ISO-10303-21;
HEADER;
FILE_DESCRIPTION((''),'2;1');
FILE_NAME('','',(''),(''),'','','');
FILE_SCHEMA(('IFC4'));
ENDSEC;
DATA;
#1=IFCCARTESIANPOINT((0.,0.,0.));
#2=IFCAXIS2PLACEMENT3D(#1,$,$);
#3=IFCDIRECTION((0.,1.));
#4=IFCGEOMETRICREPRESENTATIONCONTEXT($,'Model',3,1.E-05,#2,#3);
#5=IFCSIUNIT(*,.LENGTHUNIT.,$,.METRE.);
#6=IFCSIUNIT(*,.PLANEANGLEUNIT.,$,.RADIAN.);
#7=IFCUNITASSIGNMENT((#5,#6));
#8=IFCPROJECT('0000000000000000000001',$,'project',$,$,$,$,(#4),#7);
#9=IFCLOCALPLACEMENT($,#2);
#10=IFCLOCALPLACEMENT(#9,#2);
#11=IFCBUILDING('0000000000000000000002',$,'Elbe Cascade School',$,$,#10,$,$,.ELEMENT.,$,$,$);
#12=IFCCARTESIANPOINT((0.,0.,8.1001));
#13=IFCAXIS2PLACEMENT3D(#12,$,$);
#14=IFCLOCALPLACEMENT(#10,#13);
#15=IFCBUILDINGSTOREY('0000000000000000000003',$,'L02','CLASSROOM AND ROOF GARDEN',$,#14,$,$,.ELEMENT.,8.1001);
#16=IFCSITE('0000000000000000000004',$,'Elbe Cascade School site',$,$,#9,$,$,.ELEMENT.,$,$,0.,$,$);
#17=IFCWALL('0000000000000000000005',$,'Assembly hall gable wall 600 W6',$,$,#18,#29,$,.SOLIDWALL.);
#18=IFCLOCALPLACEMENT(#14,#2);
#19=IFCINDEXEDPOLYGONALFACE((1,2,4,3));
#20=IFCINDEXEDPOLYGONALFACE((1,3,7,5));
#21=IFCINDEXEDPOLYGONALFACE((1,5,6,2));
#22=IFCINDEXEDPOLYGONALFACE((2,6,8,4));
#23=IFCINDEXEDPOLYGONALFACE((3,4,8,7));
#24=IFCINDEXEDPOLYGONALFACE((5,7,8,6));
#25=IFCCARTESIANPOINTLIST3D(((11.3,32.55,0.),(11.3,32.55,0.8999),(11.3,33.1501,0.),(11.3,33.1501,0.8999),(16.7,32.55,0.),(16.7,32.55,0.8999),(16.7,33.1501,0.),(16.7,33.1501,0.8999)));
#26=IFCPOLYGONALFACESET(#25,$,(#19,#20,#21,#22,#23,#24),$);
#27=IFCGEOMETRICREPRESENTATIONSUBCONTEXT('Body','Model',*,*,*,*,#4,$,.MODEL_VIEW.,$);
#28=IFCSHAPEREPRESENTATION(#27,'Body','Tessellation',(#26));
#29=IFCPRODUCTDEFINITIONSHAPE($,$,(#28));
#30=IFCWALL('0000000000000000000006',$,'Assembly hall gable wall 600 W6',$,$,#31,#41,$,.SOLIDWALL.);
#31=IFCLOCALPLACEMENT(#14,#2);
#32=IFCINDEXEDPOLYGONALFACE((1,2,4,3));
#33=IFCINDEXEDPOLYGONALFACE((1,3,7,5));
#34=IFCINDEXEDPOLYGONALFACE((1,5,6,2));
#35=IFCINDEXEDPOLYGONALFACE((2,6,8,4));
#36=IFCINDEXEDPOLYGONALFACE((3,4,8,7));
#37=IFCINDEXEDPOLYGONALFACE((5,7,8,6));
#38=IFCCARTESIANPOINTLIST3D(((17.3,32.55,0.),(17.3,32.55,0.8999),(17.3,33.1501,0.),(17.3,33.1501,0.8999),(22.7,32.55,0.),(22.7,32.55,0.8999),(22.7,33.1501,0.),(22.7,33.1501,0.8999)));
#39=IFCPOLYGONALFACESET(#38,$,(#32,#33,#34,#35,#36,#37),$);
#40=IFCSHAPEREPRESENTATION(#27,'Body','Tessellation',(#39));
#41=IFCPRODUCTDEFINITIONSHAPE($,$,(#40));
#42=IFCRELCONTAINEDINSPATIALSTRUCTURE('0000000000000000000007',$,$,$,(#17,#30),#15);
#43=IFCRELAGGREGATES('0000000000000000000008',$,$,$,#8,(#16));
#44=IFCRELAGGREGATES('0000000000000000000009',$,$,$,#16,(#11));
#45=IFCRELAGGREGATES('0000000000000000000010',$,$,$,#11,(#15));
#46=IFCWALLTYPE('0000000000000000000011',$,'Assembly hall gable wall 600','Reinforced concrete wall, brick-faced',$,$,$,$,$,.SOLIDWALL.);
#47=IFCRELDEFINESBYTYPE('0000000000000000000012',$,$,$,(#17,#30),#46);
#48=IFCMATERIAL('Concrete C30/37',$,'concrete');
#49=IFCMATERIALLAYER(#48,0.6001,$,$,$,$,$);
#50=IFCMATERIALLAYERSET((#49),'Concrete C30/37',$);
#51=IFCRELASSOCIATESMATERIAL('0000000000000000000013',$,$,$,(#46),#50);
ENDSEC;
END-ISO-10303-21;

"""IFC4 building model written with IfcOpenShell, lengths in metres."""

from ifc_helpers import new_model, si_unit, direction, frame, frame_2d, origin, place, context, subcontext, project, spatial, rectangle, extrude, material, layer, layer_set, type_object, element, save


model = new_model("IFC4")

# Units and contexts
model_context = context("Model", 3, precision=1e-05, world=origin(), true_north=direction((0.0, 1.0)))
body_context = subcontext(model_context, "Body", "Model", "MODEL_VIEW")
ifc_project = project(units=[si_unit("LENGTHUNIT", "METRE"), si_unit("PLANEANGLEUNIT", "RADIAN")], contexts=[model_context])

# Site, building, storey
site_placement = place(None, origin())
site = spatial("IfcSite", under=ifc_project, at=site_placement, Name="Elbe Cascade School site", CompositionType="ELEMENT", RefElevation=0.0)
building_placement = place(site_placement, origin())
building = spatial("IfcBuilding", under=site, at=building_placement, Name="Elbe Cascade School", CompositionType="ELEMENT")
storey_placement = place(building_placement, frame((0.0, 0.0, 8.1001)))
storey = spatial("IfcBuildingStorey", under=building, at=storey_placement, Name="L02", Description="CLASSROOM AND ROOF GARDEN", CompositionType="ELEMENT", Elevation=8.1001)

# Walls
ifc_material_1 = material(Name="Concrete C30/37", Category="concrete")
ifc_layer_1 = layer(ifc_material_1, 0.6001)
ifc_layer_set_1 = layer_set([ifc_layer_1], Name="Concrete C30/37")
wall_type_1 = type_object("IfcWallType", Name="Assembly hall gable wall 600", Description="Reinforced concrete wall, brick-faced", PredefinedType="SOLIDWALL", material=ifc_layer_set_1)
for number, where, z_axis, x_axis, name in (
    (1, (11.3, 32.8501, 0.0), (0.0, 0.0, 1.0), (1.0, 0.0, 0.0), "Assembly hall gable wall 600 W6"),
    (2, (17.3, 32.8501, 0.0), (0.0, 0.0, 1.0), (1.0, 0.0, 0.0), "Assembly hall gable wall 600 W6"),
):
    element("IfcWall", number, at=place(storey_placement, frame(where, z_axis=z_axis, x_axis=x_axis)), inside=storey, type_object=wall_type_1, Name=name, PredefinedType="SOLIDWALL", context=body_context, shape_type="SweptSolid", body=[
        extrude(rectangle(XDim=5.3999, YDim=0.6001, at=frame_2d((2.7, 0.0))), origin(), (0.0, 0.0, 1.0), 0.8999),
    ])

save(model, "model.ifc")
